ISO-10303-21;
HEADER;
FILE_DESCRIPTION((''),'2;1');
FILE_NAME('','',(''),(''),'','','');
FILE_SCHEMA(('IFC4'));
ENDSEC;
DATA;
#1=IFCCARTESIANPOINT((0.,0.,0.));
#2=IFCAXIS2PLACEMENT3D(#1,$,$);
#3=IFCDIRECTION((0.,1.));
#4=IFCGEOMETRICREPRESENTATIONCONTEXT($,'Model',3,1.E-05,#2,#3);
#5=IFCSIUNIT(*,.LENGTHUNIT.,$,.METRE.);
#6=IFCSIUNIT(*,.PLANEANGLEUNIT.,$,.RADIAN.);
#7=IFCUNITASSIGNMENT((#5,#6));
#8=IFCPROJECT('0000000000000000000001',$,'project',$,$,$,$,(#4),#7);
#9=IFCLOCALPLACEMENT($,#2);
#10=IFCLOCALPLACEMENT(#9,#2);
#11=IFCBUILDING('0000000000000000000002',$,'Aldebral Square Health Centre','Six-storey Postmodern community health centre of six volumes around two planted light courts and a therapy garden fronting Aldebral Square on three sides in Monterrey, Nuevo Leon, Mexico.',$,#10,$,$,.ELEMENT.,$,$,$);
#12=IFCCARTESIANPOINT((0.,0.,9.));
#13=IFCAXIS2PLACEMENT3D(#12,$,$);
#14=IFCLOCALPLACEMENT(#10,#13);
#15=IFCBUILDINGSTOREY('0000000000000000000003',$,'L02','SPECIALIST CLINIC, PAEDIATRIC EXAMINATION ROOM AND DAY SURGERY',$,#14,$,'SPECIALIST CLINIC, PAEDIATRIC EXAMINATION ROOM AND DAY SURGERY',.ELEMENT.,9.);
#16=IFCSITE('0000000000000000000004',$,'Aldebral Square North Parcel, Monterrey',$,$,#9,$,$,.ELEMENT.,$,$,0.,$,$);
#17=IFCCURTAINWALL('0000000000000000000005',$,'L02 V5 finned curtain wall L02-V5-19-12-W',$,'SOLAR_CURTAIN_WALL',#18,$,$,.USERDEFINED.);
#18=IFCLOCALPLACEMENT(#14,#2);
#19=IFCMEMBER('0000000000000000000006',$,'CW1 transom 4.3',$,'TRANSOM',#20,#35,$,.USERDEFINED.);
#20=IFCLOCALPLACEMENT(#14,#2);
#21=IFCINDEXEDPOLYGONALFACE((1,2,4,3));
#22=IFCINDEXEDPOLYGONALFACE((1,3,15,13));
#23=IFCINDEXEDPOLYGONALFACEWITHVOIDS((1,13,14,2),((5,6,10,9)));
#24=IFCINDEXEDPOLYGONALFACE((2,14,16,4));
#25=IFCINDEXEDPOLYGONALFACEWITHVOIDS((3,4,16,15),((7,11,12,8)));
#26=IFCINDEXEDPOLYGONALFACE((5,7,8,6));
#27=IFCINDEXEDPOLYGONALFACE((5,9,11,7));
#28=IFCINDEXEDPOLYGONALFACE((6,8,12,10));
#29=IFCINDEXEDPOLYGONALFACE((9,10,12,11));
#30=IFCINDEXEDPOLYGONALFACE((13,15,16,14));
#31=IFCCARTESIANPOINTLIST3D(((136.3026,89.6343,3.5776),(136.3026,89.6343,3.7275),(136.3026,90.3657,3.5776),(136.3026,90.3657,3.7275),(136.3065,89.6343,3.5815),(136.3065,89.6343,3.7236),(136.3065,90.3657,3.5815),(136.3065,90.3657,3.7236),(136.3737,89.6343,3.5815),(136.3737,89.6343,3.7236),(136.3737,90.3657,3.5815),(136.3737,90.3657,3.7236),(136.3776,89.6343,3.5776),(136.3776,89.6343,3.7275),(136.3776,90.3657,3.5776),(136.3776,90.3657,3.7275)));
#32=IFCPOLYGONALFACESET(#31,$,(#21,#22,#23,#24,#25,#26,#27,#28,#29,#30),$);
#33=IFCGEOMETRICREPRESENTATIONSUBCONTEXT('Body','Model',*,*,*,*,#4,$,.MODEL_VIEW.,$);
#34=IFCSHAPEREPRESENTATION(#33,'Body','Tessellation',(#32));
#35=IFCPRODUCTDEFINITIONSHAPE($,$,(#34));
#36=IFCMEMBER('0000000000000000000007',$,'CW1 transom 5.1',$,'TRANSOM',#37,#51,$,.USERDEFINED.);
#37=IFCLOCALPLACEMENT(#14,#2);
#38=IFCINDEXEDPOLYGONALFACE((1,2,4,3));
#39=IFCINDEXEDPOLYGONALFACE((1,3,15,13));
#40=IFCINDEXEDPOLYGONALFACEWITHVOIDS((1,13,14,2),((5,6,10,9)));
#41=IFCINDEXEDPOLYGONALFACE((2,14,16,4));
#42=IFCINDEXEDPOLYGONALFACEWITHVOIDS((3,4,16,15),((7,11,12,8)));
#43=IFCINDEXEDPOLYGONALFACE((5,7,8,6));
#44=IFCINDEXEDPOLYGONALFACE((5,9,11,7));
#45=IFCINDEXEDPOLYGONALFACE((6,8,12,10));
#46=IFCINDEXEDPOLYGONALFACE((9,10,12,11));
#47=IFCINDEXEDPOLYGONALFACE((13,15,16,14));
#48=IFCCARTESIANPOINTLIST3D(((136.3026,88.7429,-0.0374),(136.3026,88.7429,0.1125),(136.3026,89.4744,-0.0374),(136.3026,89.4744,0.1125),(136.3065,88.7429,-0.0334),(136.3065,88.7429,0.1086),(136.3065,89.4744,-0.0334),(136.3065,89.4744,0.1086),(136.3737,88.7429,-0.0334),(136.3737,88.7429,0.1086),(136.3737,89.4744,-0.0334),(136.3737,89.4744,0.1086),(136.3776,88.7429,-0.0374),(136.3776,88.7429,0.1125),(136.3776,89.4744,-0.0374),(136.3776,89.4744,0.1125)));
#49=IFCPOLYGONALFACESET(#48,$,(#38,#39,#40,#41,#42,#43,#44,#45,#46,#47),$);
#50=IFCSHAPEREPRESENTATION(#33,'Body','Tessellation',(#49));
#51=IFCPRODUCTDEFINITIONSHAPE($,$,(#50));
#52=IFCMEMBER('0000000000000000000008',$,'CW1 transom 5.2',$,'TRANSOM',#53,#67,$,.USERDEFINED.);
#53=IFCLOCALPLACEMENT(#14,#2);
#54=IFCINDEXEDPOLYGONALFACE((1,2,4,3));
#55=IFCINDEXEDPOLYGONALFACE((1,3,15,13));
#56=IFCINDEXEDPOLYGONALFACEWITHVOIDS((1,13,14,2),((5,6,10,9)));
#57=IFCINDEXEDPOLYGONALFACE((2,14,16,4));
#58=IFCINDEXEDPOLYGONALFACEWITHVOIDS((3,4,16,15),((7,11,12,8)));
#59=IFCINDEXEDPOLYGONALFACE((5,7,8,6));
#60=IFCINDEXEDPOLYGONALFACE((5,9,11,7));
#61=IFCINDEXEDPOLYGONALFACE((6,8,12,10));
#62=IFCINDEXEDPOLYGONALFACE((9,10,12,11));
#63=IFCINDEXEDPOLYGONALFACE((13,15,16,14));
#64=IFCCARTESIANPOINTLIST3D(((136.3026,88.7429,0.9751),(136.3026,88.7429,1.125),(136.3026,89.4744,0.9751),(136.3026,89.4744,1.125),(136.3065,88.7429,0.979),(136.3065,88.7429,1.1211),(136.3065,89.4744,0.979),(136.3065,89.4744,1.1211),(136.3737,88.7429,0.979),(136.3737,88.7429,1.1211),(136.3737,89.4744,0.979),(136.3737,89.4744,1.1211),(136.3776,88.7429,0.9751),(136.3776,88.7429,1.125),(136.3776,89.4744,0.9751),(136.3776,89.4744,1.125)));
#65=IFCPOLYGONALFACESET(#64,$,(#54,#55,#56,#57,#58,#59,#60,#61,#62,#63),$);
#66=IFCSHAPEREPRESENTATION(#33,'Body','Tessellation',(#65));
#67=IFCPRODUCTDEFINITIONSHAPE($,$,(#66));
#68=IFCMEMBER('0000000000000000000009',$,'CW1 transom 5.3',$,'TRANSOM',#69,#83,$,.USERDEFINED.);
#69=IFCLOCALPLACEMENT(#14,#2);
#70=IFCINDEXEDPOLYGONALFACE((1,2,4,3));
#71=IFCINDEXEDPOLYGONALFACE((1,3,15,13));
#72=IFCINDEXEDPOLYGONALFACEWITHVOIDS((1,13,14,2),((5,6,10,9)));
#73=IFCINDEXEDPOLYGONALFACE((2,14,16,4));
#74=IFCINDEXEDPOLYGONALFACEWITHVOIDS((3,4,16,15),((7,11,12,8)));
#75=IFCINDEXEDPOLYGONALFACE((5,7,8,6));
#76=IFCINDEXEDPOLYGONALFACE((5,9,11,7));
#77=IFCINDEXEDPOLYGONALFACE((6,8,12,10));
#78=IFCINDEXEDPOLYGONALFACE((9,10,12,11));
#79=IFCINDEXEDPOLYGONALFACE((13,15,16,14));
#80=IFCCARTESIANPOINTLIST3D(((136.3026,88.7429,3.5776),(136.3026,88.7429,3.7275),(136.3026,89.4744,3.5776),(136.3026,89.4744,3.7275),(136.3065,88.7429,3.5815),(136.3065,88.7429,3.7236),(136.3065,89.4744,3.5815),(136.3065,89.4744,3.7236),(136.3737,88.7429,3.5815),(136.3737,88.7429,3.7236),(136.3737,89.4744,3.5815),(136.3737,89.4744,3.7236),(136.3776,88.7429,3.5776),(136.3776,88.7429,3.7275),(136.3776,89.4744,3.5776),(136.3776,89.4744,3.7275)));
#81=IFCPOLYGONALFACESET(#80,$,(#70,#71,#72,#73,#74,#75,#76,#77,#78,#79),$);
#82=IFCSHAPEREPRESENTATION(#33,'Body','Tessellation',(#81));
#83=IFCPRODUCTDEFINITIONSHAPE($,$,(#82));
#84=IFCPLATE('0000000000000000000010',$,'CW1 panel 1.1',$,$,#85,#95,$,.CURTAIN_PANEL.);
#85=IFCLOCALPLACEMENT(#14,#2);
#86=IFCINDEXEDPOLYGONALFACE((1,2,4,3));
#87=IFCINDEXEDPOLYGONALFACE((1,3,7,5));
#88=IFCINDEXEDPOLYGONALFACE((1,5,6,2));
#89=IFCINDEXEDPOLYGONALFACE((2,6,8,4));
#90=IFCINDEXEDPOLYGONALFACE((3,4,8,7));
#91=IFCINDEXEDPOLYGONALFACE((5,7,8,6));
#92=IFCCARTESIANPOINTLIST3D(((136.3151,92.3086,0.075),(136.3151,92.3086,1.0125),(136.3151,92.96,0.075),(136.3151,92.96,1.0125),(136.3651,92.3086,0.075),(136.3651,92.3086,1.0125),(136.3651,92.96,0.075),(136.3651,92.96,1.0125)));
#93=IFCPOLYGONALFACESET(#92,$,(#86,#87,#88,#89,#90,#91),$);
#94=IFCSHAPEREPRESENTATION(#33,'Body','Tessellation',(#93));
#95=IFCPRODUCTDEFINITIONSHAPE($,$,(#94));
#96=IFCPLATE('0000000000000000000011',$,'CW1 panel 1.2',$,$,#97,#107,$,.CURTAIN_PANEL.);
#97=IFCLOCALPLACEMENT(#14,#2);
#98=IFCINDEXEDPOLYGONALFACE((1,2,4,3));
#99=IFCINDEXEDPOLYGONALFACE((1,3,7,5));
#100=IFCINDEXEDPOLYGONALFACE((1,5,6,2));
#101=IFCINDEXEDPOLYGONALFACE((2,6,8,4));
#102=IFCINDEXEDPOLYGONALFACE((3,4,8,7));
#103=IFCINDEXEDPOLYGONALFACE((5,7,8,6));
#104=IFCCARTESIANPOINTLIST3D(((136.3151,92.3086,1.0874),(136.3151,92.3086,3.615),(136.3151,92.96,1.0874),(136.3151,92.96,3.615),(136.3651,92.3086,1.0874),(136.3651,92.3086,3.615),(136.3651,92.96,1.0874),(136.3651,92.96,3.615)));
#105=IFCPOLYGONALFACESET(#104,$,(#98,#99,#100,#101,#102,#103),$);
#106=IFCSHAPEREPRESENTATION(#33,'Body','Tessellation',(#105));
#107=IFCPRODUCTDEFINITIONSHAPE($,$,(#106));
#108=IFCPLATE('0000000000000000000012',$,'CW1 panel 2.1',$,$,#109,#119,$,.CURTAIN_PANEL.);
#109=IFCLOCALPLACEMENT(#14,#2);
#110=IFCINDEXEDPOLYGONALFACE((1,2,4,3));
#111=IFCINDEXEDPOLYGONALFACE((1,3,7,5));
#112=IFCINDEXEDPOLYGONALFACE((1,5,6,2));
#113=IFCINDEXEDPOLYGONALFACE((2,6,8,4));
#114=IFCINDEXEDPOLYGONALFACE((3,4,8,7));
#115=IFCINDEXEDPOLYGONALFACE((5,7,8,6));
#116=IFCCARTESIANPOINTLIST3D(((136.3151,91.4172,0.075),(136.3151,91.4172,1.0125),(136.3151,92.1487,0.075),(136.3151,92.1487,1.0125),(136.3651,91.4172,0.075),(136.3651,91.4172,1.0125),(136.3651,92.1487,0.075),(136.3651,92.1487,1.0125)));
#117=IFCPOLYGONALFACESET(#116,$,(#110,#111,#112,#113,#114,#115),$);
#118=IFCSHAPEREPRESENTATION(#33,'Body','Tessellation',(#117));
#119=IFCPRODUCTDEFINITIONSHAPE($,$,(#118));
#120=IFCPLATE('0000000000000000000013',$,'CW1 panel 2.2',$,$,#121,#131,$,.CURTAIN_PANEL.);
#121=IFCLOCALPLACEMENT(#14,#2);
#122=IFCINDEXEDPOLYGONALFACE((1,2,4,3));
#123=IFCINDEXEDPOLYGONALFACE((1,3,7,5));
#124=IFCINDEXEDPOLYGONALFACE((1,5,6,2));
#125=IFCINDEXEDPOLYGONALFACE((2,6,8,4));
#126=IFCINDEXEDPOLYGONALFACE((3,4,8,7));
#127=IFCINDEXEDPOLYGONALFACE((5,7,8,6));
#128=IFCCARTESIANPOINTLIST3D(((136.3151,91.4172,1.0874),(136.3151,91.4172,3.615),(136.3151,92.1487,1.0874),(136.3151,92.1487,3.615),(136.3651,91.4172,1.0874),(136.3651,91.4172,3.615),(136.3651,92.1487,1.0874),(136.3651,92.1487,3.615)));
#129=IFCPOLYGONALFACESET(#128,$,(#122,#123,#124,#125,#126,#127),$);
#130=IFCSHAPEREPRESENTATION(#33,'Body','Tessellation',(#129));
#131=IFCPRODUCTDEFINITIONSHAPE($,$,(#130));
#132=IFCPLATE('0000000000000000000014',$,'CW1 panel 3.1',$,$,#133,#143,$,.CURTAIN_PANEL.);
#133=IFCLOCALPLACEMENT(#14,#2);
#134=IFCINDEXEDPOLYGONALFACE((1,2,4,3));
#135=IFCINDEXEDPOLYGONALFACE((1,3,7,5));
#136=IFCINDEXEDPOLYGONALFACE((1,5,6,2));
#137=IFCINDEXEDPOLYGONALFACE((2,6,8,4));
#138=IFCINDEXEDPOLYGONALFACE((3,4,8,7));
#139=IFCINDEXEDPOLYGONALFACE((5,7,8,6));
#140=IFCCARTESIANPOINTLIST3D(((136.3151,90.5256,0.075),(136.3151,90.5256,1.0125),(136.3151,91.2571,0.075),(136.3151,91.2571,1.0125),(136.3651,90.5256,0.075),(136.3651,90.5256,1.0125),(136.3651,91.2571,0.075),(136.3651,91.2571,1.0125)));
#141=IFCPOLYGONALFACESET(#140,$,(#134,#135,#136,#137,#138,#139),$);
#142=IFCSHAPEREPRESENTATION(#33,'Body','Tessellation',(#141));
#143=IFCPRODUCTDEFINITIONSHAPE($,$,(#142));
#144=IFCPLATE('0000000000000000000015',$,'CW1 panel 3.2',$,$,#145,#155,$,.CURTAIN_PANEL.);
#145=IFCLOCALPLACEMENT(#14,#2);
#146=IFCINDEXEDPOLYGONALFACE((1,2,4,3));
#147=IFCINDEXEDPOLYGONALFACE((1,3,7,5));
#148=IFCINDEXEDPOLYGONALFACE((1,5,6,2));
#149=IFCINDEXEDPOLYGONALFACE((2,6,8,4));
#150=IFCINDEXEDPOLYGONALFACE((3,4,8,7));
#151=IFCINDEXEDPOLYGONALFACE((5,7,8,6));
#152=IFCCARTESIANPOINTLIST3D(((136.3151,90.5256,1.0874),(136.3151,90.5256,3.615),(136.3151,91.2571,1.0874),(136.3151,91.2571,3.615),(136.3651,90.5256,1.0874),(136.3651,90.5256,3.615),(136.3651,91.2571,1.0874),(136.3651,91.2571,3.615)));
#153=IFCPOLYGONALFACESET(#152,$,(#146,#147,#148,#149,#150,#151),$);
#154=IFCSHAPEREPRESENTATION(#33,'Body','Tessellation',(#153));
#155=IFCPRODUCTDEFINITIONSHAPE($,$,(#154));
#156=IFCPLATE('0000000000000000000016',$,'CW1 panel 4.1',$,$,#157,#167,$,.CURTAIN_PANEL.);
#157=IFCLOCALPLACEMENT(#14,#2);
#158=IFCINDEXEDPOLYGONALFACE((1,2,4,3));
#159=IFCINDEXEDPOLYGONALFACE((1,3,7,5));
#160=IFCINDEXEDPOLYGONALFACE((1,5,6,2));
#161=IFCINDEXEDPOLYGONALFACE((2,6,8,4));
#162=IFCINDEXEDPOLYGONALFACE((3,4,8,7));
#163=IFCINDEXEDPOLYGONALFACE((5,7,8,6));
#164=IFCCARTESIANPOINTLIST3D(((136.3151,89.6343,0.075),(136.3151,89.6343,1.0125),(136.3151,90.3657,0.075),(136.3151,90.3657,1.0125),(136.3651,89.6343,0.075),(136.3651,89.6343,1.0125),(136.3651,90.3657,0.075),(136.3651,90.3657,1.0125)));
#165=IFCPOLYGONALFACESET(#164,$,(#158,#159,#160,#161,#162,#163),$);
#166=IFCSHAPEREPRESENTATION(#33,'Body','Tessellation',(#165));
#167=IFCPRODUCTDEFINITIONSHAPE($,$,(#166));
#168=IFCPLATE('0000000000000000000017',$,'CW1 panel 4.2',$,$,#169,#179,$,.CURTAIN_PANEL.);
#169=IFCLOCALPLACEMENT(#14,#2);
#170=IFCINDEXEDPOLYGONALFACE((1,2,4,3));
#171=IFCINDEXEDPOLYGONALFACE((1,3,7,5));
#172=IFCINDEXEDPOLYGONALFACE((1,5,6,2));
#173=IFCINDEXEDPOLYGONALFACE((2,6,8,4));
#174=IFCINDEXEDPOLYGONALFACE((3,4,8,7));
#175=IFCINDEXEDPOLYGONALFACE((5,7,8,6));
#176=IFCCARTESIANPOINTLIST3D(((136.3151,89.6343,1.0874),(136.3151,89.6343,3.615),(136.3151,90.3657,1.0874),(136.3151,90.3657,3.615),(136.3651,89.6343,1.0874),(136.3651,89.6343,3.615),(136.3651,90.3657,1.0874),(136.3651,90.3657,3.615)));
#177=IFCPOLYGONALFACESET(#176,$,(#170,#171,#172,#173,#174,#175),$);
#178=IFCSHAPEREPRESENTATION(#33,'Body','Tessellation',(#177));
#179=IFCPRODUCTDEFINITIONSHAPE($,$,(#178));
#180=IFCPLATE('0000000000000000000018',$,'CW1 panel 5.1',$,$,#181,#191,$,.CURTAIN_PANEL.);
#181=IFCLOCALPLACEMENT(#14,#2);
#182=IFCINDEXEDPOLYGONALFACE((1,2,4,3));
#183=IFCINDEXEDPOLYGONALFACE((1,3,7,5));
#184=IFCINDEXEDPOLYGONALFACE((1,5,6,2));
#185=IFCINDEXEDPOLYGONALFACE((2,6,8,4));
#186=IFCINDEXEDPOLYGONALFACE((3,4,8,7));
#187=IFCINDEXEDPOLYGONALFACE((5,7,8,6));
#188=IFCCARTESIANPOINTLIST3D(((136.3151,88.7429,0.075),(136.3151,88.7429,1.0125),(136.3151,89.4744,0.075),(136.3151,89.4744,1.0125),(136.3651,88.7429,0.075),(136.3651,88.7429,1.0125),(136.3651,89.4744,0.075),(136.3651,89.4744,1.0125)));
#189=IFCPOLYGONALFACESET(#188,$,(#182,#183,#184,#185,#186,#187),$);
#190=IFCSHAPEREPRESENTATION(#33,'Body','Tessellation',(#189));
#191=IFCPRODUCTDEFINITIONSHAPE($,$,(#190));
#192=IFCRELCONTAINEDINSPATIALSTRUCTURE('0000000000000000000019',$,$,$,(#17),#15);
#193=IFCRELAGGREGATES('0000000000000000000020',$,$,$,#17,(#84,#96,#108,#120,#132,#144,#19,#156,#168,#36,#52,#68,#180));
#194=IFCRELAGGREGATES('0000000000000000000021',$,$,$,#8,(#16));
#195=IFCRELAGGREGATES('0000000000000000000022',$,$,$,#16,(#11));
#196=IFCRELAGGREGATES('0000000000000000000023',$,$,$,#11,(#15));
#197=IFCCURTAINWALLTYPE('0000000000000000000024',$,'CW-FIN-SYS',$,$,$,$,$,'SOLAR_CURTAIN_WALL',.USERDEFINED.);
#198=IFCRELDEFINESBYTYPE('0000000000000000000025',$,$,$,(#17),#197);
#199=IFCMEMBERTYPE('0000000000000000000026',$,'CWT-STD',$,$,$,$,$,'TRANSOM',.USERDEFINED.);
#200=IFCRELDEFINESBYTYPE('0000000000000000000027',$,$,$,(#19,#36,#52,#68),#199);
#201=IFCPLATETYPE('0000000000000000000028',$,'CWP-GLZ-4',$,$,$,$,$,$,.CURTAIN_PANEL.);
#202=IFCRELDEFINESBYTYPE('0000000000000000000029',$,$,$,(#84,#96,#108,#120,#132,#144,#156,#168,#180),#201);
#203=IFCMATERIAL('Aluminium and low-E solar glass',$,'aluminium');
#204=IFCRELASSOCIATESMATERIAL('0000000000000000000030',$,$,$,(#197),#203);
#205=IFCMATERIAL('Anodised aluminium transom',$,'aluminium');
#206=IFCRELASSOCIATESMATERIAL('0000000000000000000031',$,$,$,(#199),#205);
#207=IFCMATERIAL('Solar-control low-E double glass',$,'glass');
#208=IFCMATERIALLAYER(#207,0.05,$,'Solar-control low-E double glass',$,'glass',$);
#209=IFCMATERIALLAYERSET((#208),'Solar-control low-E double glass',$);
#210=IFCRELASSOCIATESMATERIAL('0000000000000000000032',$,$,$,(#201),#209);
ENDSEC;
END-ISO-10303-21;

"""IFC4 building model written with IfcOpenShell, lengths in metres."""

from ifc_helpers import new_model, si_unit, direction, frame, origin, origin_2d, place, context, subcontext, project, spatial, rectangle, hollow_rectangle, extrude, material, layer, layer_set, material_profile, profile_set, type_object, element, aggregate, save


model = new_model("IFC4")

# Units and contexts
model_context = context("Model", 3, precision=1e-05, world=origin(), true_north=direction((0.0, 1.0)))
body_context = subcontext(model_context, "Body", "Model", "MODEL_VIEW")
ifc_project = project(units=[si_unit("LENGTHUNIT", "METRE"), si_unit("PLANEANGLEUNIT", "RADIAN")], contexts=[model_context])

# Site, building, storey
site_placement = place(None, origin())
site = spatial("IfcSite", under=ifc_project, at=site_placement, Name="Aldebral Square North Parcel, Monterrey", CompositionType="ELEMENT", RefElevation=0.0)
building_placement = place(site_placement, origin())
building = spatial("IfcBuilding", under=site, at=building_placement, Name="Aldebral Square Health Centre", Description="Six-storey Postmodern community health centre of six volumes around two planted light courts and a therapy garden fronting Aldebral Square on three sides in Monterrey, Nuevo Leon, Mexico.", CompositionType="ELEMENT")
storey_placement = place(building_placement, frame((0.0, 0.0, 9.0)))
storey = spatial("IfcBuildingStorey", under=building, at=storey_placement, Name="L02", Description="SPECIALIST CLINIC, PAEDIATRIC EXAMINATION ROOM AND DAY SURGERY", LongName="SPECIALIST CLINIC, PAEDIATRIC EXAMINATION ROOM AND DAY SURGERY", CompositionType="ELEMENT", Elevation=9.0)

# Curtain wall
ifc_material_1 = material(Name="Aluminium and low-E solar glass", Category="aluminium")
curtain_wall_type = type_object("IfcCurtainWallType", Name="CW-FIN-SYS", ElementType="SOLAR_CURTAIN_WALL", PredefinedType="USERDEFINED", material=ifc_material_1)
curtain_wall_1_placement = place(storey_placement, origin())
curtain_wall_1 = element("IfcCurtainWall", 1, at=curtain_wall_1_placement, inside=storey, type_object=curtain_wall_type, Name="L02 V5 finned curtain wall L02-V5-19-12-W", ObjectType="SOLAR_CURTAIN_WALL", PredefinedType="USERDEFINED")

# Members
ifc_material_2 = material(Name="Anodised aluminium transom", Category="aluminium")
ifc_material_profile_1 = material_profile(ifc_material_2, hollow_rectangle(XDim=0.075, YDim=0.1499, WallThickness=0.0039, at=origin_2d()), Name="CWT 75x150x4")
ifc_profile_set_1 = profile_set([ifc_material_profile_1], Name="Anodised aluminium transom")
member_type_1 = type_object("IfcMemberType", Name="CWT-STD", ElementType="TRANSOM", PredefinedType="USERDEFINED", material=ifc_profile_set_1)
member_1_placement = place(storey_placement, frame((136.3401, 90.3657, 3.6526), z_axis=(0.0, -1.0, 0.0), x_axis=(1.0, 0.0, 0.0)))
member_1 = element("IfcMember", 2, at=member_1_placement, type_object=member_type_1, Name="CW1 transom 4.3", ObjectType="TRANSOM", PredefinedType="USERDEFINED", context=body_context, shape_type="SweptSolid", body=[
    extrude(hollow_rectangle(XDim=0.075, YDim=0.1499, WallThickness=0.0039, at=origin_2d()), origin(), (0.0, 0.0, 1.0), 0.7314),
])
member_2_placement = place(storey_placement, frame((136.3401, 89.4744, 0.0376), z_axis=(0.0, -1.0, 0.0), x_axis=(1.0, 0.0, 0.0)))
member_2 = element("IfcMember", 3, at=member_2_placement, type_object=member_type_1, Name="CW1 transom 5.1", ObjectType="TRANSOM", PredefinedType="USERDEFINED", context=body_context, shape_type="SweptSolid", body=[
    extrude(hollow_rectangle(XDim=0.075, YDim=0.1499, WallThickness=0.0039, at=origin_2d()), origin(), (0.0, 0.0, 1.0), 0.7314),
])
member_3_placement = place(storey_placement, frame((136.3401, 89.4744, 1.05), z_axis=(0.0, -1.0, 0.0), x_axis=(1.0, 0.0, 0.0)))
member_3 = element("IfcMember", 4, at=member_3_placement, type_object=member_type_1, Name="CW1 transom 5.2", ObjectType="TRANSOM", PredefinedType="USERDEFINED", context=body_context, shape_type="SweptSolid", body=[
    extrude(hollow_rectangle(XDim=0.075, YDim=0.1499, WallThickness=0.0039, at=origin_2d()), origin(), (0.0, 0.0, 1.0), 0.7314),
])
member_4_placement = place(storey_placement, frame((136.3401, 89.4744, 3.6526), z_axis=(0.0, -1.0, 0.0), x_axis=(1.0, 0.0, 0.0)))
member_4 = element("IfcMember", 5, at=member_4_placement, type_object=member_type_1, Name="CW1 transom 5.3", ObjectType="TRANSOM", PredefinedType="USERDEFINED", context=body_context, shape_type="SweptSolid", body=[
    extrude(hollow_rectangle(XDim=0.075, YDim=0.1499, WallThickness=0.0039, at=origin_2d()), origin(), (0.0, 0.0, 1.0), 0.7314),
])

# Plates
ifc_material_3 = material(Name="Solar-control low-E double glass", Category="glass")
ifc_layer = layer(ifc_material_3, 0.05, Name="Solar-control low-E double glass", Category="glass")
ifc_layer_set = layer_set([ifc_layer], Name="Solar-control low-E double glass")
plate_type = type_object("IfcPlateType", Name="CWP-GLZ-4", PredefinedType="CURTAIN_PANEL", material=ifc_layer_set)
plate_1_placement = place(storey_placement, frame((136.3401, 92.6343, 0.075), z_axis=(0.0, 0.0, 1.0), x_axis=(0.0, -1.0, 0.0)))
plate_1 = element("IfcPlate", 6, at=plate_1_placement, type_object=plate_type, Name="CW1 panel 1.1", PredefinedType="CURTAIN_PANEL", context=body_context, shape_type="SweptSolid", body=[
    extrude(rectangle(XDim=0.6514, YDim=0.05, at=origin_2d()), origin(), (0.0, 0.0, 1.0), 0.9375),
])
plate_2_placement = place(storey_placement, frame((136.3401, 92.6343, 1.0874), z_axis=(0.0, 0.0, 1.0), x_axis=(0.0, -1.0, 0.0)))
plate_2 = element("IfcPlate", 7, at=plate_2_placement, type_object=plate_type, Name="CW1 panel 1.2", PredefinedType="CURTAIN_PANEL", context=body_context, shape_type="SweptSolid", body=[
    extrude(rectangle(XDim=0.6514, YDim=0.05, at=origin_2d()), origin(), (0.0, 0.0, 1.0), 2.5276),
])
plate_3_placement = place(storey_placement, frame((136.3401, 91.783, 0.075), z_axis=(0.0, 0.0, 1.0), x_axis=(0.0, -1.0, 0.0)))
plate_3 = element("IfcPlate", 8, at=plate_3_placement, type_object=plate_type, Name="CW1 panel 2.1", PredefinedType="CURTAIN_PANEL", context=body_context, shape_type="SweptSolid", body=[
    extrude(rectangle(XDim=0.7314, YDim=0.05, at=origin_2d()), origin(), (0.0, 0.0, 1.0), 0.9375),
])
plate_4_placement = place(storey_placement, frame((136.3401, 91.783, 1.0874), z_axis=(0.0, 0.0, 1.0), x_axis=(0.0, -1.0, 0.0)))
plate_4 = element("IfcPlate", 9, at=plate_4_placement, type_object=plate_type, Name="CW1 panel 2.2", PredefinedType="CURTAIN_PANEL", context=body_context, shape_type="SweptSolid", body=[
    extrude(rectangle(XDim=0.7314, YDim=0.05, at=origin_2d()), origin(), (0.0, 0.0, 1.0), 2.5276),
])
plate_5_placement = place(storey_placement, frame((136.3401, 90.8914, 0.075), z_axis=(0.0, 0.0, 1.0), x_axis=(0.0, -1.0, 0.0)))
plate_5 = element("IfcPlate", 10, at=plate_5_placement, type_object=plate_type, Name="CW1 panel 3.1", PredefinedType="CURTAIN_PANEL", context=body_context, shape_type="SweptSolid", body=[
    extrude(rectangle(XDim=0.7314, YDim=0.05, at=origin_2d()), origin(), (0.0, 0.0, 1.0), 0.9375),
])
plate_6_placement = place(storey_placement, frame((136.3401, 90.8914, 1.0874), z_axis=(0.0, 0.0, 1.0), x_axis=(0.0, -1.0, 0.0)))
plate_6 = element("IfcPlate", 11, at=plate_6_placement, type_object=plate_type, Name="CW1 panel 3.2", PredefinedType="CURTAIN_PANEL", context=body_context, shape_type="SweptSolid", body=[
    extrude(rectangle(XDim=0.7314, YDim=0.05, at=origin_2d()), origin(), (0.0, 0.0, 1.0), 2.5276),
])
plate_7_placement = place(storey_placement, frame((136.3401, 90.0, 0.075), z_axis=(0.0, 0.0, 1.0), x_axis=(0.0, -1.0, 0.0)))
plate_7 = element("IfcPlate", 12, at=plate_7_placement, type_object=plate_type, Name="CW1 panel 4.1", PredefinedType="CURTAIN_PANEL", context=body_context, shape_type="SweptSolid", body=[
    extrude(rectangle(XDim=0.7314, YDim=0.05, at=origin_2d()), origin(), (0.0, 0.0, 1.0), 0.9375),
])
plate_8_placement = place(storey_placement, frame((136.3401, 90.0, 1.0874), z_axis=(0.0, 0.0, 1.0), x_axis=(0.0, -1.0, 0.0)))
plate_8 = element("IfcPlate", 13, at=plate_8_placement, type_object=plate_type, Name="CW1 panel 4.2", PredefinedType="CURTAIN_PANEL", context=body_context, shape_type="SweptSolid", body=[
    extrude(rectangle(XDim=0.7314, YDim=0.05, at=origin_2d()), origin(), (0.0, 0.0, 1.0), 2.5276),
])
plate_9_placement = place(storey_placement, frame((136.3401, 89.1086, 0.075), z_axis=(0.0, 0.0, 1.0), x_axis=(0.0, -1.0, 0.0)))
plate_9 = element("IfcPlate", 14, at=plate_9_placement, type_object=plate_type, Name="CW1 panel 5.1", PredefinedType="CURTAIN_PANEL", context=body_context, shape_type="SweptSolid", body=[
    extrude(rectangle(XDim=0.7314, YDim=0.05, at=origin_2d()), origin(), (0.0, 0.0, 1.0), 0.9375),
])
aggregate(curtain_wall_1, [plate_1, plate_2, plate_3, plate_4, plate_5, plate_6, member_1, plate_7, plate_8, member_2, member_3, member_4, plate_9])

save(model, "model.ifc")
